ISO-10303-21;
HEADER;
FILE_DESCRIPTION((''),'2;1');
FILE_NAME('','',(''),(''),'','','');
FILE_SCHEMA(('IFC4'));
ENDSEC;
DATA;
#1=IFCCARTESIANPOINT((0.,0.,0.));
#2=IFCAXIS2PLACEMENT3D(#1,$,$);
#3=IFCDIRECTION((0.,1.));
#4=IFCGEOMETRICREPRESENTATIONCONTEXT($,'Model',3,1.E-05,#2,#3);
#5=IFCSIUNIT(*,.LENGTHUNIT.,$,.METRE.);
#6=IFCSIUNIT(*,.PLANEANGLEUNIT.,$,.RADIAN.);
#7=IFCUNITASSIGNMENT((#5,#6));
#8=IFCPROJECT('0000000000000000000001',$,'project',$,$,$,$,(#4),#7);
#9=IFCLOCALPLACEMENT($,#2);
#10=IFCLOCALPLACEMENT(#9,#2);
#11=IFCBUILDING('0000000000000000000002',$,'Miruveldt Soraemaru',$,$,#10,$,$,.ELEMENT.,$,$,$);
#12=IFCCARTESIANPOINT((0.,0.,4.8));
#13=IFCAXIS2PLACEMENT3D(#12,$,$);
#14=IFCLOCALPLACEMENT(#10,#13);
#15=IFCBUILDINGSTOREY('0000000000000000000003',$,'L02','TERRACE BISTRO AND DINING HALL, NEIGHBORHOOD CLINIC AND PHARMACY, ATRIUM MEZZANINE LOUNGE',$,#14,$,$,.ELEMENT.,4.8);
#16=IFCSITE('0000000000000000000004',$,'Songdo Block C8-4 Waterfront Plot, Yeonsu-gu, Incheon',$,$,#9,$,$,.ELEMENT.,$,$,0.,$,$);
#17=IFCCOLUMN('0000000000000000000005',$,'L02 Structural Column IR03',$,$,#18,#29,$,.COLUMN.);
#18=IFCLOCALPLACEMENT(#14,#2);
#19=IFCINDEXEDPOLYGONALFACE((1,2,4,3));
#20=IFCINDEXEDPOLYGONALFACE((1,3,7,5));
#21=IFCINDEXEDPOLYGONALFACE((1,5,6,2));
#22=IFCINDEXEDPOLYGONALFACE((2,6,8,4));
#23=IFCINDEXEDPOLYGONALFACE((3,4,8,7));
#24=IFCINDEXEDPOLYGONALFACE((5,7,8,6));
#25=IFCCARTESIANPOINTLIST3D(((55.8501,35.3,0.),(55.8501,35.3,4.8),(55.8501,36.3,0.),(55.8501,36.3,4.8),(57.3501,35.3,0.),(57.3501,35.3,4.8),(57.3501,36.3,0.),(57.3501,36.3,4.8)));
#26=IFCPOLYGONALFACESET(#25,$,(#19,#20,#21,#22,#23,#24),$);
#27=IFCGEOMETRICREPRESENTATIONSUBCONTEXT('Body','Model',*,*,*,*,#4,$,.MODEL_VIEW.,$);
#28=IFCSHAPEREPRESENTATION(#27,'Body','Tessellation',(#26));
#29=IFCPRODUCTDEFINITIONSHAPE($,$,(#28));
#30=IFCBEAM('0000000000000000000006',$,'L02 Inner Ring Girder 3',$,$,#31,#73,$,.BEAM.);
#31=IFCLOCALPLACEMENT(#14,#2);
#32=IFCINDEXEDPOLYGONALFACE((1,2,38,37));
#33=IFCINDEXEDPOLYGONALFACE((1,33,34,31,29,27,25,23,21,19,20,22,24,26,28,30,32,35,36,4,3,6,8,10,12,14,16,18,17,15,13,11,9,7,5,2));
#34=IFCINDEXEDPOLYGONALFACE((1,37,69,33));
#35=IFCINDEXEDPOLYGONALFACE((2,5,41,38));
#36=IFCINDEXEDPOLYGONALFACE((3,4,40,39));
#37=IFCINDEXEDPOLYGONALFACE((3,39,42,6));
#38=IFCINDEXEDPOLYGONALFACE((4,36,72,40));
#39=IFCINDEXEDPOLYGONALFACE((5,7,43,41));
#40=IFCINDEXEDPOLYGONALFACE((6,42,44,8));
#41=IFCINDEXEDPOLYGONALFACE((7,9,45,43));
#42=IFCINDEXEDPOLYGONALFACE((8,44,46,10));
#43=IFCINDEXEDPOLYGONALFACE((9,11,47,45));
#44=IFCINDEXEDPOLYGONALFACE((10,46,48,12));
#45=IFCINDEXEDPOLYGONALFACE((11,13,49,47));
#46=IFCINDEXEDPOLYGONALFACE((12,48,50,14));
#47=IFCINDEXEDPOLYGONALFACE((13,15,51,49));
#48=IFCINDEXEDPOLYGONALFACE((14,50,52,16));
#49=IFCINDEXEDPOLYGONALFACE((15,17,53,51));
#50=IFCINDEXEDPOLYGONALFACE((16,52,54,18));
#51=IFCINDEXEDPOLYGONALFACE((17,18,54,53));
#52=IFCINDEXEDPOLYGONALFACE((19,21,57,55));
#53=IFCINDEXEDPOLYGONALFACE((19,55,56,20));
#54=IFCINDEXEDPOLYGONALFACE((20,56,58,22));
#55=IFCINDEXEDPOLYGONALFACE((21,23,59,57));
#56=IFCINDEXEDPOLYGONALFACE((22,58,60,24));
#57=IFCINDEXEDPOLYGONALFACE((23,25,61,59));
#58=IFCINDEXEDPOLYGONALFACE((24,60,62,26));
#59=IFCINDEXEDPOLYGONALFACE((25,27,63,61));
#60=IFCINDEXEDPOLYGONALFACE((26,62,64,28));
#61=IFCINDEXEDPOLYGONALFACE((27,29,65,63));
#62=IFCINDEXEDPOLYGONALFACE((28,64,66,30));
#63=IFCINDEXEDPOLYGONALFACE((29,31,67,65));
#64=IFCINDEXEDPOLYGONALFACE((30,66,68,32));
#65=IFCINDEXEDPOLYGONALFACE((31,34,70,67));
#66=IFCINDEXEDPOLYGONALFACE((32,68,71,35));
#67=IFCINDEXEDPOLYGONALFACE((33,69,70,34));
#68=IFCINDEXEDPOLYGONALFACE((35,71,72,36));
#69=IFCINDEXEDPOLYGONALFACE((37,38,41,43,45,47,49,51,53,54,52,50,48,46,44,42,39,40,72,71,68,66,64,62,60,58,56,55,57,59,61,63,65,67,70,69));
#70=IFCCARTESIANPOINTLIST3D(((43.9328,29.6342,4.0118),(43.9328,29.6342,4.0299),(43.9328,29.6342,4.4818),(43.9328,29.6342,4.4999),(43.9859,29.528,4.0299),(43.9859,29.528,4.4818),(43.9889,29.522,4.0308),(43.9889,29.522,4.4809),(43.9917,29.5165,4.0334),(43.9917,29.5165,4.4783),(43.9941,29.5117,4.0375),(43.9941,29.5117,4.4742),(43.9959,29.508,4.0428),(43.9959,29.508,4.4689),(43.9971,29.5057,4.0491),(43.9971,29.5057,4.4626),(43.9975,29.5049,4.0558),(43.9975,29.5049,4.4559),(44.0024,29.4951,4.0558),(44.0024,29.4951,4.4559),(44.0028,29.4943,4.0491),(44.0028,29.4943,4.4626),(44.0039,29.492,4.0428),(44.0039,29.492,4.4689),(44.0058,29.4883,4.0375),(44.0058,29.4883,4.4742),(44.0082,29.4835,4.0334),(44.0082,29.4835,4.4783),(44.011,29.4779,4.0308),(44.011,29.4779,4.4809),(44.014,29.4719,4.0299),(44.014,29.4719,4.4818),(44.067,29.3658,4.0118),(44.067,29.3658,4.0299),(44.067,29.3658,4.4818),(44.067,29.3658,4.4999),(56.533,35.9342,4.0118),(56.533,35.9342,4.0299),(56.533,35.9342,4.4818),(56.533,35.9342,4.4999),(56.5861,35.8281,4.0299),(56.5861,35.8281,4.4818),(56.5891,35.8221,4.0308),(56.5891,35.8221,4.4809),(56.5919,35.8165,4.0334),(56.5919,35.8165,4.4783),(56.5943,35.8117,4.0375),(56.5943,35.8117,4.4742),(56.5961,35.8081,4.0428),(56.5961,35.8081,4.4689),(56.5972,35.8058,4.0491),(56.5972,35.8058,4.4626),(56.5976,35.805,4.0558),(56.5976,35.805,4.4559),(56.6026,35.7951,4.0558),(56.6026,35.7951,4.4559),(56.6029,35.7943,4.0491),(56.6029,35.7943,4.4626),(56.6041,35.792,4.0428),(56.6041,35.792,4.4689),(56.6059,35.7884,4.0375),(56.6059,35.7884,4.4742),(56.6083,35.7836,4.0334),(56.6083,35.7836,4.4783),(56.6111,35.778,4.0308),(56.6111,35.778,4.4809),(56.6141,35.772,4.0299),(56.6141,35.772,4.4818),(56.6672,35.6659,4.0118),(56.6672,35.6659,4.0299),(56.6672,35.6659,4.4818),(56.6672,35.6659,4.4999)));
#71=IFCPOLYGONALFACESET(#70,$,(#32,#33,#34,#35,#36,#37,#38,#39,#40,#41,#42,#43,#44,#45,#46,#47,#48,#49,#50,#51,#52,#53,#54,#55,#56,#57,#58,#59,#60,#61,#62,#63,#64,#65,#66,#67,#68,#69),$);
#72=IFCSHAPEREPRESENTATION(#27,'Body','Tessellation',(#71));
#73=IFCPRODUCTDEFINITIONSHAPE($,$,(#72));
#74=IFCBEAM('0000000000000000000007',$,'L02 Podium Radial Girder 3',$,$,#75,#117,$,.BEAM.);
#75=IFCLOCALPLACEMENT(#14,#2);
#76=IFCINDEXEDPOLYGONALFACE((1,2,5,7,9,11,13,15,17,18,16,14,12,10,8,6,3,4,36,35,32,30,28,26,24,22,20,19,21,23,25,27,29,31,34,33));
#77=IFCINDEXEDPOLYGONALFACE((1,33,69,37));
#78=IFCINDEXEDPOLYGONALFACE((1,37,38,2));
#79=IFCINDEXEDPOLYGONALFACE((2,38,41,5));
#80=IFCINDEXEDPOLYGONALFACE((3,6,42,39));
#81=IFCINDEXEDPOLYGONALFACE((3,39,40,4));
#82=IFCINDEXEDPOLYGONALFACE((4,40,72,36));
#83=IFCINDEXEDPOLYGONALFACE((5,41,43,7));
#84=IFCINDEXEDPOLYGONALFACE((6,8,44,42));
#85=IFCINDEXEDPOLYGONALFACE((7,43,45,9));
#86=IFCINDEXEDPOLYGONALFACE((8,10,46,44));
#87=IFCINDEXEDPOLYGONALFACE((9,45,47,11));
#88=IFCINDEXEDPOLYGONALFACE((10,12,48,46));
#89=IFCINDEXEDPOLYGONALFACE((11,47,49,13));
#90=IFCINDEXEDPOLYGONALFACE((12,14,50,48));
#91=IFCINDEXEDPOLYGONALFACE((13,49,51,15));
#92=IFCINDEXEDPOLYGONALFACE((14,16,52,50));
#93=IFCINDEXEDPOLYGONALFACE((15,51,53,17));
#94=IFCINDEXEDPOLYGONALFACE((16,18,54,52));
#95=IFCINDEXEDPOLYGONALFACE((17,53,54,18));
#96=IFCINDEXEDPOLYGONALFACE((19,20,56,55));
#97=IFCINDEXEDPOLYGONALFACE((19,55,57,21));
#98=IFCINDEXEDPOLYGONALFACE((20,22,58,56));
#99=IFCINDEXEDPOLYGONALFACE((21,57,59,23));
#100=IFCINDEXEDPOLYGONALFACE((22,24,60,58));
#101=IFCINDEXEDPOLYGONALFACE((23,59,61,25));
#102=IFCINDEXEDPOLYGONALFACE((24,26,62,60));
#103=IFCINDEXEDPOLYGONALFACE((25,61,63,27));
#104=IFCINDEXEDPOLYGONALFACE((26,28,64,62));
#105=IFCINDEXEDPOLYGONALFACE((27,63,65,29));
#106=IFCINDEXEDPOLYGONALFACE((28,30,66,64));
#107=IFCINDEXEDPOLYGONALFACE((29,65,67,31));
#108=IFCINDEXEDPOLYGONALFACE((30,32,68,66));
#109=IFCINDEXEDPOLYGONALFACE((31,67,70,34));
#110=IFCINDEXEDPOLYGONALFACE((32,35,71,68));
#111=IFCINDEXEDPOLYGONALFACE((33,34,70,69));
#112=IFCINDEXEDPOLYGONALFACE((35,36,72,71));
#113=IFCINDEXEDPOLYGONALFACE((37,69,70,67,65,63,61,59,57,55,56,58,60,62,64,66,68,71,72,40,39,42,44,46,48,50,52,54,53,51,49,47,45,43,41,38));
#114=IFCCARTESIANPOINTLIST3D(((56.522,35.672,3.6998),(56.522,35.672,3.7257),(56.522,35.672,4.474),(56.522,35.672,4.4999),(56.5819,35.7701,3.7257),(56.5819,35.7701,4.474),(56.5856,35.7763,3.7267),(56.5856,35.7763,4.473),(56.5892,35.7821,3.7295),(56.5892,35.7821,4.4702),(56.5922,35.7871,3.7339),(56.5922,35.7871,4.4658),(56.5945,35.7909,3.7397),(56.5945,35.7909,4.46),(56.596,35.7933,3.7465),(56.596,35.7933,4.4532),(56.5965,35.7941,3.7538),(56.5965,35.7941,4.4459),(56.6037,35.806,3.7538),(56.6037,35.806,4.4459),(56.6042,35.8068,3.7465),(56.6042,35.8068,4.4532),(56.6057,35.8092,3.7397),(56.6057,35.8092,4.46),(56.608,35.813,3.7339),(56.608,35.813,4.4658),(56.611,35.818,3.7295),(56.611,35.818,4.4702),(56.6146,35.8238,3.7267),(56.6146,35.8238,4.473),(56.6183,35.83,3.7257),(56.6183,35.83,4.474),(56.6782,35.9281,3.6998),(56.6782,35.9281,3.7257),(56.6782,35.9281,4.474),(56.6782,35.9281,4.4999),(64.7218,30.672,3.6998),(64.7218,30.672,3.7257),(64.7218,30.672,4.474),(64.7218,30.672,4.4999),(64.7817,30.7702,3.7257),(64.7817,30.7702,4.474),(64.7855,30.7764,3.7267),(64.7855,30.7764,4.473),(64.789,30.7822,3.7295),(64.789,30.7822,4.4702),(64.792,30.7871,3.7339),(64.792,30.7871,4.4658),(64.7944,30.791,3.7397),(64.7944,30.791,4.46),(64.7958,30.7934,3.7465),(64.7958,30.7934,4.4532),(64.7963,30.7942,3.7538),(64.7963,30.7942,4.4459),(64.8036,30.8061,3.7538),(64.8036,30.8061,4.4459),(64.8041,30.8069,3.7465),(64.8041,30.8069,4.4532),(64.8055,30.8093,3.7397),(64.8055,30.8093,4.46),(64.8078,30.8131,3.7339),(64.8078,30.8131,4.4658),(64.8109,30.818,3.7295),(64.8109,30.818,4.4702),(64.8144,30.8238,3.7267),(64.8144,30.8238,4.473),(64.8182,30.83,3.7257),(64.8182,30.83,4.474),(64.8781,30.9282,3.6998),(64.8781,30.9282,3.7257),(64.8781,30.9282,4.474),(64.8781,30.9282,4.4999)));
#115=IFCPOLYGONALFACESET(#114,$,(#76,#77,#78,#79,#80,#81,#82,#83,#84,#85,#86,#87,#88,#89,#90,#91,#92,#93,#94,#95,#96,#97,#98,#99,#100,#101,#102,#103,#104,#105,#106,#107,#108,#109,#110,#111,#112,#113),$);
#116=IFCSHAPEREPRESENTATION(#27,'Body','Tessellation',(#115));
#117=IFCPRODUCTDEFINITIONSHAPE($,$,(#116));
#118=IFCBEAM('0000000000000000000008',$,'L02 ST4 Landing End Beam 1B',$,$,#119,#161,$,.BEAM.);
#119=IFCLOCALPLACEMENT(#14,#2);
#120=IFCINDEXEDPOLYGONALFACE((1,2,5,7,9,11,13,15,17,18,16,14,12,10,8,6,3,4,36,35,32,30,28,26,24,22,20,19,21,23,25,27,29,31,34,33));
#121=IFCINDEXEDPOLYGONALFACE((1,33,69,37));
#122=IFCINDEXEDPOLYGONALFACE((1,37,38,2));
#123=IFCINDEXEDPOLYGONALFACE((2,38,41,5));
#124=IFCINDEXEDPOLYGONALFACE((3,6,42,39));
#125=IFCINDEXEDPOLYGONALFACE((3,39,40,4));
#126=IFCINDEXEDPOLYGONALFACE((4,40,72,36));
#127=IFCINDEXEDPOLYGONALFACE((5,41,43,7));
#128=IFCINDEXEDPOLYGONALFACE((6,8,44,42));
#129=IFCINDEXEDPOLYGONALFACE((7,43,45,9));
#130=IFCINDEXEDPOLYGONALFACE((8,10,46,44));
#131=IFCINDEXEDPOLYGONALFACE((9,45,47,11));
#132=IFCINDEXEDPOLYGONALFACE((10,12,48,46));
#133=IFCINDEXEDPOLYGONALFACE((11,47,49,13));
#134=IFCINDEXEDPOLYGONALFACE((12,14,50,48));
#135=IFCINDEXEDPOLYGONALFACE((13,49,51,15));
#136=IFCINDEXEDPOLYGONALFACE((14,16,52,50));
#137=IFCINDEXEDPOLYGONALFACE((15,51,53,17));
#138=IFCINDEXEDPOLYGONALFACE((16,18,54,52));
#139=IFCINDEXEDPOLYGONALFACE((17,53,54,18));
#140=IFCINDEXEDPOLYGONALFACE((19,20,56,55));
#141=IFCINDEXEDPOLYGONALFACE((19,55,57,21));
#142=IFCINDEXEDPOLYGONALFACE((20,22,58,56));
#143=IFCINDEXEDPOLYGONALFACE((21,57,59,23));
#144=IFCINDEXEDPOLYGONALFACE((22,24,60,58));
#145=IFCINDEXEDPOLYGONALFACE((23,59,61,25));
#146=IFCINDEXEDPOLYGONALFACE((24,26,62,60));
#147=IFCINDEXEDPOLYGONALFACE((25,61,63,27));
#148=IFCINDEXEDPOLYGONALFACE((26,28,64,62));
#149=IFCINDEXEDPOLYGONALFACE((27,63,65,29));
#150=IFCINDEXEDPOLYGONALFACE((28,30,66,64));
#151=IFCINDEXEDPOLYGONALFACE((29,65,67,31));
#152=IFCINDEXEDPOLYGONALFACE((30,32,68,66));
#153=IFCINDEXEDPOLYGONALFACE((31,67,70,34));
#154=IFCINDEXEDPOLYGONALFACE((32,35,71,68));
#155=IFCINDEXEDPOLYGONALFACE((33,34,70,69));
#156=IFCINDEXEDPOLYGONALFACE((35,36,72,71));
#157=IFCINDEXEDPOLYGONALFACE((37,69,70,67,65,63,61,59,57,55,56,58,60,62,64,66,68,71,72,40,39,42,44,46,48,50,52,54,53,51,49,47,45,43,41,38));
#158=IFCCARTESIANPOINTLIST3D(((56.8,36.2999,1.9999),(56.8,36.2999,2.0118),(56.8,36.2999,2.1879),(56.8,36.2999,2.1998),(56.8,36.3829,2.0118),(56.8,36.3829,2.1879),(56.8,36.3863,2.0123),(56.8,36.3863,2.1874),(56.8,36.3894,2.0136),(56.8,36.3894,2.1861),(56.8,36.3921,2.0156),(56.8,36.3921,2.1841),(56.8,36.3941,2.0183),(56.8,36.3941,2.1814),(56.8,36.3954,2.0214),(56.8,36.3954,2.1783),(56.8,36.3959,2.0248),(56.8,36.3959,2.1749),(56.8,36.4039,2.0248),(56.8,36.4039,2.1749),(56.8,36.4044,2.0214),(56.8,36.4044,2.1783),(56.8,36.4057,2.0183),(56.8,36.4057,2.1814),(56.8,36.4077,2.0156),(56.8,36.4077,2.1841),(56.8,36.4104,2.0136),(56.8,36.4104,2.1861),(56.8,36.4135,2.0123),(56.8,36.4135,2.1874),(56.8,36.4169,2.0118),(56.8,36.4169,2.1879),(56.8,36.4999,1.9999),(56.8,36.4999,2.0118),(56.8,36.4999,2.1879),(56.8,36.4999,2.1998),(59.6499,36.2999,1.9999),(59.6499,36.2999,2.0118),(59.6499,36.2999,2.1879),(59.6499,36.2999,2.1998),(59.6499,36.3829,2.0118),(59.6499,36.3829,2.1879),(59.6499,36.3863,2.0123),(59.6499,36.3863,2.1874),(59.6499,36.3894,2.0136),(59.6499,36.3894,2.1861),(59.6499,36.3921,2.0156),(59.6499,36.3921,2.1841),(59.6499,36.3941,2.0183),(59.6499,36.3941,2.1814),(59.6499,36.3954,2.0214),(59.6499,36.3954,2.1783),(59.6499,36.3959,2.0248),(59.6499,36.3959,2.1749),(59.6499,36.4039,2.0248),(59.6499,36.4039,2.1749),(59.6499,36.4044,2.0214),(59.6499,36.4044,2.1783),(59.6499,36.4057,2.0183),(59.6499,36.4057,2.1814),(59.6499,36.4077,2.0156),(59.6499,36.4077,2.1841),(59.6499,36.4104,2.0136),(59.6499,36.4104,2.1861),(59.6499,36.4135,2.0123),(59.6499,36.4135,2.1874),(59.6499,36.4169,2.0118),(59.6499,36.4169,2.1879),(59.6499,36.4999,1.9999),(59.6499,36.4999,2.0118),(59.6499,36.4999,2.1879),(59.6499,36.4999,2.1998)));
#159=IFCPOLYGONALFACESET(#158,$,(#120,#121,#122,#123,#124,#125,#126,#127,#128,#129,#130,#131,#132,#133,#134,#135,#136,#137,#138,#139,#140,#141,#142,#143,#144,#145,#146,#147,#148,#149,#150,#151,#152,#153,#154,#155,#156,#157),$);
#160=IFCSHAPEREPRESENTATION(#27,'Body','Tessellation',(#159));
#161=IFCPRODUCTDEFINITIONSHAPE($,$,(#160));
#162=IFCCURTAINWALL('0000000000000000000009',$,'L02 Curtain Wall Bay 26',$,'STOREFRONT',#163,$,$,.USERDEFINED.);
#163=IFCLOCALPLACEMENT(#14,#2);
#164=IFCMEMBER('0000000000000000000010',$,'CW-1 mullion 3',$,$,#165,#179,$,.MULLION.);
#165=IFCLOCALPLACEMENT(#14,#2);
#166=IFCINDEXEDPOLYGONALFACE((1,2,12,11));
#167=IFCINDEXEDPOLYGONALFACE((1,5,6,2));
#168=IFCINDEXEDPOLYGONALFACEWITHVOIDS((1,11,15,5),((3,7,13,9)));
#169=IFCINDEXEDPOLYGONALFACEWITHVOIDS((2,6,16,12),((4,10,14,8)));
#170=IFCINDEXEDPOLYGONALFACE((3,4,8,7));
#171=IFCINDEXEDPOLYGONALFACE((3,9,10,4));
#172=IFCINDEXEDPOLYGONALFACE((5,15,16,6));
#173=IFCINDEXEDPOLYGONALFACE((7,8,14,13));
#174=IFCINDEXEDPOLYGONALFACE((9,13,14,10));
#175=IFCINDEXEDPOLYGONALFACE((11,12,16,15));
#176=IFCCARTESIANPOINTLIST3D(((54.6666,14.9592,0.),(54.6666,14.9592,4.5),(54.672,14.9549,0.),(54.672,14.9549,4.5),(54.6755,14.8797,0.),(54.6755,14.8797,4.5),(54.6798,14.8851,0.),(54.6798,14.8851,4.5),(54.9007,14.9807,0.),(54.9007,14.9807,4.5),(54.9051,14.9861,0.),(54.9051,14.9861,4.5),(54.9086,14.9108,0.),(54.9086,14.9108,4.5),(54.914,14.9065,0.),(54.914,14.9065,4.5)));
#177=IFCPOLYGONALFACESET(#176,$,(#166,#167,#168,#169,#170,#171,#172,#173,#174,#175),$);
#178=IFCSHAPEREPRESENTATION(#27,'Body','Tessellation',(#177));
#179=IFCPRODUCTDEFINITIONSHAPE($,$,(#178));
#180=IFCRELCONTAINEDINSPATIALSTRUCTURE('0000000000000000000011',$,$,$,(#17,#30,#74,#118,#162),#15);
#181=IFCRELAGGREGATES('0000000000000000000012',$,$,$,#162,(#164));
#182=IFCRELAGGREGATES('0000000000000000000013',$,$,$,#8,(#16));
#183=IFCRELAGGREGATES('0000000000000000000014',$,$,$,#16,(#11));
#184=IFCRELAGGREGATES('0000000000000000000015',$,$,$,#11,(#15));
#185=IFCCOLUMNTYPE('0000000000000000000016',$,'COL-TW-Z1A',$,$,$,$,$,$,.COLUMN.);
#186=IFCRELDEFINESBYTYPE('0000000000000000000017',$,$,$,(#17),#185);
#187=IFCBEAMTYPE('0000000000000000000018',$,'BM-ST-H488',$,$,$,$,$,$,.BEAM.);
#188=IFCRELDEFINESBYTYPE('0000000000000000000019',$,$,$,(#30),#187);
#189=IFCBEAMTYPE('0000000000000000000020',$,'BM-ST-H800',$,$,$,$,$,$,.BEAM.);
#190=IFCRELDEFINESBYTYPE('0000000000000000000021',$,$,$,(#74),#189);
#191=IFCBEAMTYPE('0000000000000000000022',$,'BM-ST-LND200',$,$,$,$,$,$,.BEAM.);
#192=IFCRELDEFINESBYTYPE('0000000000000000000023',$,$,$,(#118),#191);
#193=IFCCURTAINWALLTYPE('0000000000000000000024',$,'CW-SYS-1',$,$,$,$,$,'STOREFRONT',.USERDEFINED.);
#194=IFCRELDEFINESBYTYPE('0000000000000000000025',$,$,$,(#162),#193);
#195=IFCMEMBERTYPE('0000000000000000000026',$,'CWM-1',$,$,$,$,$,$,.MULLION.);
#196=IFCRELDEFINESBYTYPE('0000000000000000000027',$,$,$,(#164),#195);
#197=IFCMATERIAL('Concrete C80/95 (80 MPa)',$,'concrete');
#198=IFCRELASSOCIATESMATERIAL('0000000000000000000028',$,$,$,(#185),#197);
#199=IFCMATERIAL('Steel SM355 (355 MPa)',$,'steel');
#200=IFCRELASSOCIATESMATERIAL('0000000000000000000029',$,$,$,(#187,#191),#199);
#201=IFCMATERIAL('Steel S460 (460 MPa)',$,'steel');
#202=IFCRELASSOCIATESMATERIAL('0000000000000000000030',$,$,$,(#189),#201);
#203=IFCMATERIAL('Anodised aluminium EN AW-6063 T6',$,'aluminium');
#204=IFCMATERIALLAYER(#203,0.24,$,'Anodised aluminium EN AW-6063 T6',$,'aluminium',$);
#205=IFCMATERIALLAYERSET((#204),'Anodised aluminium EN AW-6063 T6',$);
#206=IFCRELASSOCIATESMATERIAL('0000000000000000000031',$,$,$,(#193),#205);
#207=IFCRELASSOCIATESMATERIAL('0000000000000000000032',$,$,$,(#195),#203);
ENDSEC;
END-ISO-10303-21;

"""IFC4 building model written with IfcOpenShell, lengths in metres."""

from ifc_helpers import new_model, si_unit, direction, frame, origin, origin_2d, place, context, subcontext, project, spatial, rectangle, hollow_rectangle, i_section, extrude, material, layer, layer_set, material_profile, profile_set, type_object, element, aggregate, save


model = new_model("IFC4")

# Units and contexts
model_context = context("Model", 3, precision=1e-05, world=origin(), true_north=direction((0.0, 1.0)))
body_context = subcontext(model_context, "Body", "Model", "MODEL_VIEW")
ifc_project = project(units=[si_unit("LENGTHUNIT", "METRE"), si_unit("PLANEANGLEUNIT", "RADIAN")], contexts=[model_context])

# Site, building, storey
site_placement = place(None, origin())
site = spatial("IfcSite", under=ifc_project, at=site_placement, Name="Songdo Block C8-4 Waterfront Plot, Yeonsu-gu, Incheon", CompositionType="ELEMENT", RefElevation=0.0)
building_placement = place(site_placement, origin())
building = spatial("IfcBuilding", under=site, at=building_placement, Name="Miruveldt Soraemaru", CompositionType="ELEMENT")
storey_placement = place(building_placement, frame((0.0, 0.0, 4.8)))
storey = spatial("IfcBuildingStorey", under=building, at=storey_placement, Name="L02", Description="TERRACE BISTRO AND DINING HALL, NEIGHBORHOOD CLINIC AND PHARMACY, ATRIUM MEZZANINE LOUNGE", CompositionType="ELEMENT", Elevation=4.8)

# Column
ifc_material_1 = material(Name="Concrete C80/95 (80 MPa)", Category="concrete")
ifc_material_profile_1 = material_profile(ifc_material_1, rectangle(XDim=1.5, YDim=1.0, at=origin_2d()), Name="Concrete C80/95 (80 MPa)", Category="concrete")
ifc_profile_set_1 = profile_set([ifc_material_profile_1], Name="Concrete C80/95 (80 MPa)")
column_type = type_object("IfcColumnType", Name="COL-TW-Z1A", PredefinedType="COLUMN", material=ifc_profile_set_1)
column_placement = place(storey_placement, frame((56.6001, 35.8, 0.0), z_axis=(0.0, 0.0, 1.0), x_axis=(1.0, 0.0, 0.0)))
element("IfcColumn", 1, at=column_placement, inside=storey, type_object=column_type, Name="L02 Structural Column IR03", PredefinedType="COLUMN", context=body_context, shape_type="SweptSolid", body=[
    extrude(rectangle(XDim=1.5, YDim=1.0, at=origin_2d()), origin(), (0.0, 0.0, 1.0), 4.8),
])

# Beams
ifc_material_2 = material(Name="Steel SM355 (355 MPa)", Category="steel")
ifc_material_profile_2 = material_profile(ifc_material_2, i_section(OverallWidth=0.3, OverallDepth=0.488, WebThickness=0.011, FlangeThickness=0.0181, FilletRadius=0.0259, at=origin_2d()), Name="Steel SM355 (355 MPa)", Category="steel")
ifc_profile_set_2 = profile_set([ifc_material_profile_2], Name="Steel SM355 (355 MPa)")
beam_type_1 = type_object("IfcBeamType", Name="BM-ST-H488", PredefinedType="BEAM", material=ifc_profile_set_2)
beam_1_placement = place(storey_placement, frame((56.6001, 35.8, 4.2559), z_axis=(-0.894427, -0.447214, 0.0), x_axis=(0.447214, -0.894427, 0.0)))
element("IfcBeam", 2, at=beam_1_placement, inside=storey, type_object=beam_type_1, Name="L02 Inner Ring Girder 3", PredefinedType="BEAM", context=body_context, shape_type="SweptSolid", body=[
    extrude(i_section(OverallWidth=0.3, OverallDepth=0.488, WebThickness=0.011, FlangeThickness=0.0181, FilletRadius=0.0259, at=origin_2d()), origin(), (0.0, 0.0, 1.0), 14.0874),
])
ifc_material_3 = material(Name="Steel S460 (460 MPa)", Category="steel")
ifc_material_profile_3 = material_profile(ifc_material_3, i_section(OverallWidth=0.3, OverallDepth=0.8, WebThickness=0.0139, FlangeThickness=0.0259, FilletRadius=0.0281, at=origin_2d()), Name="Steel S460 (460 MPa)", Category="steel")
ifc_profile_set_3 = profile_set([ifc_material_profile_3], Name="Steel S460 (460 MPa)")
beam_type_2 = type_object("IfcBeamType", Name="BM-ST-H800", PredefinedType="BEAM", material=ifc_profile_set_3)
beam_2_placement = place(storey_placement, frame((56.6001, 35.8, 4.0999), z_axis=(0.853795, -0.52061, 0.0), x_axis=(0.52061, 0.853795, 0.0)))
element("IfcBeam", 3, at=beam_2_placement, inside=storey, type_object=beam_type_2, Name="L02 Podium Radial Girder 3", PredefinedType="BEAM", context=body_context, shape_type="SweptSolid", body=[
    extrude(i_section(OverallWidth=0.3, OverallDepth=0.8, WebThickness=0.0139, FlangeThickness=0.0259, FilletRadius=0.0281, at=origin_2d()), origin(), (0.0, 0.0, 1.0), 9.604),
])
ifc_material_profile_4 = material_profile(ifc_material_2, i_section(OverallWidth=0.2, OverallDepth=0.2, WebThickness=0.0081, FlangeThickness=0.012, FilletRadius=0.0129, at=origin_2d()), Name="Steel SM355 (355 MPa)", Category="steel")
ifc_profile_set_4 = profile_set([ifc_material_profile_4], Name="Steel SM355 (355 MPa)")
beam_type_3 = type_object("IfcBeamType", Name="BM-ST-LND200", PredefinedType="BEAM", material=ifc_profile_set_4)
beam_3_placement = place(storey_placement, frame((56.8, 36.3999, 2.0999), z_axis=(1.0, 0.0, 0.0), x_axis=(0.0, 1.0, 0.0)))
element("IfcBeam", 4, at=beam_3_placement, inside=storey, type_object=beam_type_3, Name="L02 ST4 Landing End Beam 1B", PredefinedType="BEAM", context=body_context, shape_type="SweptSolid", body=[
    extrude(i_section(OverallWidth=0.2, OverallDepth=0.2, WebThickness=0.0081, FlangeThickness=0.012, FilletRadius=0.0129, at=origin_2d()), origin(), (0.0, 0.0, 1.0), 2.8499),
])

# Curtain wall, member
ifc_material_4 = material(Name="Anodised aluminium EN AW-6063 T6", Category="aluminium")
ifc_layer_1 = layer(ifc_material_4, 0.24, Name="Anodised aluminium EN AW-6063 T6", Category="aluminium")
ifc_layer_set_1 = layer_set([ifc_layer_1], Name="Anodised aluminium EN AW-6063 T6")
curtain_wall_type = type_object("IfcCurtainWallType", Name="CW-SYS-1", ElementType="STOREFRONT", PredefinedType="USERDEFINED", material=ifc_layer_set_1)
curtain_wall_placement = place(storey_placement, origin())
curtain_wall = element("IfcCurtainWall", 5, at=curtain_wall_placement, inside=storey, type_object=curtain_wall_type, Name="L02 Curtain Wall Bay 26", ObjectType="STOREFRONT", PredefinedType="USERDEFINED")
ifc_material_profile_5 = material_profile(ifc_material_4, hollow_rectangle(XDim=0.0801, YDim=0.24, WallThickness=0.0049, at=origin_2d()), Name="Anodised aluminium EN AW-6063 T6", Category="aluminium")
ifc_profile_set_5 = profile_set([ifc_material_profile_5], Name="Anodised aluminium EN AW-6063 T6")
member_type_1 = type_object("IfcMemberType", Name="CWM-1", PredefinedType="MULLION", material=ifc_profile_set_5)
member_1_placement = place(storey_placement, frame((54.7903, 14.9329, 0.0), z_axis=(0.0, 0.0, 1.0), x_axis=(-0.111786, 0.993732, 0.0)))
member_1 = element("IfcMember", 6, at=member_1_placement, type_object=member_type_1, Name="CW-1 mullion 3", PredefinedType="MULLION", context=body_context, shape_type="SweptSolid", body=[
    extrude(hollow_rectangle(XDim=0.0801, YDim=0.24, WallThickness=0.0049, at=origin_2d()), origin(), (0.0, 0.0, 1.0), 4.5),
])
aggregate(curtain_wall, [member_1])

save(model, "model.ifc")
